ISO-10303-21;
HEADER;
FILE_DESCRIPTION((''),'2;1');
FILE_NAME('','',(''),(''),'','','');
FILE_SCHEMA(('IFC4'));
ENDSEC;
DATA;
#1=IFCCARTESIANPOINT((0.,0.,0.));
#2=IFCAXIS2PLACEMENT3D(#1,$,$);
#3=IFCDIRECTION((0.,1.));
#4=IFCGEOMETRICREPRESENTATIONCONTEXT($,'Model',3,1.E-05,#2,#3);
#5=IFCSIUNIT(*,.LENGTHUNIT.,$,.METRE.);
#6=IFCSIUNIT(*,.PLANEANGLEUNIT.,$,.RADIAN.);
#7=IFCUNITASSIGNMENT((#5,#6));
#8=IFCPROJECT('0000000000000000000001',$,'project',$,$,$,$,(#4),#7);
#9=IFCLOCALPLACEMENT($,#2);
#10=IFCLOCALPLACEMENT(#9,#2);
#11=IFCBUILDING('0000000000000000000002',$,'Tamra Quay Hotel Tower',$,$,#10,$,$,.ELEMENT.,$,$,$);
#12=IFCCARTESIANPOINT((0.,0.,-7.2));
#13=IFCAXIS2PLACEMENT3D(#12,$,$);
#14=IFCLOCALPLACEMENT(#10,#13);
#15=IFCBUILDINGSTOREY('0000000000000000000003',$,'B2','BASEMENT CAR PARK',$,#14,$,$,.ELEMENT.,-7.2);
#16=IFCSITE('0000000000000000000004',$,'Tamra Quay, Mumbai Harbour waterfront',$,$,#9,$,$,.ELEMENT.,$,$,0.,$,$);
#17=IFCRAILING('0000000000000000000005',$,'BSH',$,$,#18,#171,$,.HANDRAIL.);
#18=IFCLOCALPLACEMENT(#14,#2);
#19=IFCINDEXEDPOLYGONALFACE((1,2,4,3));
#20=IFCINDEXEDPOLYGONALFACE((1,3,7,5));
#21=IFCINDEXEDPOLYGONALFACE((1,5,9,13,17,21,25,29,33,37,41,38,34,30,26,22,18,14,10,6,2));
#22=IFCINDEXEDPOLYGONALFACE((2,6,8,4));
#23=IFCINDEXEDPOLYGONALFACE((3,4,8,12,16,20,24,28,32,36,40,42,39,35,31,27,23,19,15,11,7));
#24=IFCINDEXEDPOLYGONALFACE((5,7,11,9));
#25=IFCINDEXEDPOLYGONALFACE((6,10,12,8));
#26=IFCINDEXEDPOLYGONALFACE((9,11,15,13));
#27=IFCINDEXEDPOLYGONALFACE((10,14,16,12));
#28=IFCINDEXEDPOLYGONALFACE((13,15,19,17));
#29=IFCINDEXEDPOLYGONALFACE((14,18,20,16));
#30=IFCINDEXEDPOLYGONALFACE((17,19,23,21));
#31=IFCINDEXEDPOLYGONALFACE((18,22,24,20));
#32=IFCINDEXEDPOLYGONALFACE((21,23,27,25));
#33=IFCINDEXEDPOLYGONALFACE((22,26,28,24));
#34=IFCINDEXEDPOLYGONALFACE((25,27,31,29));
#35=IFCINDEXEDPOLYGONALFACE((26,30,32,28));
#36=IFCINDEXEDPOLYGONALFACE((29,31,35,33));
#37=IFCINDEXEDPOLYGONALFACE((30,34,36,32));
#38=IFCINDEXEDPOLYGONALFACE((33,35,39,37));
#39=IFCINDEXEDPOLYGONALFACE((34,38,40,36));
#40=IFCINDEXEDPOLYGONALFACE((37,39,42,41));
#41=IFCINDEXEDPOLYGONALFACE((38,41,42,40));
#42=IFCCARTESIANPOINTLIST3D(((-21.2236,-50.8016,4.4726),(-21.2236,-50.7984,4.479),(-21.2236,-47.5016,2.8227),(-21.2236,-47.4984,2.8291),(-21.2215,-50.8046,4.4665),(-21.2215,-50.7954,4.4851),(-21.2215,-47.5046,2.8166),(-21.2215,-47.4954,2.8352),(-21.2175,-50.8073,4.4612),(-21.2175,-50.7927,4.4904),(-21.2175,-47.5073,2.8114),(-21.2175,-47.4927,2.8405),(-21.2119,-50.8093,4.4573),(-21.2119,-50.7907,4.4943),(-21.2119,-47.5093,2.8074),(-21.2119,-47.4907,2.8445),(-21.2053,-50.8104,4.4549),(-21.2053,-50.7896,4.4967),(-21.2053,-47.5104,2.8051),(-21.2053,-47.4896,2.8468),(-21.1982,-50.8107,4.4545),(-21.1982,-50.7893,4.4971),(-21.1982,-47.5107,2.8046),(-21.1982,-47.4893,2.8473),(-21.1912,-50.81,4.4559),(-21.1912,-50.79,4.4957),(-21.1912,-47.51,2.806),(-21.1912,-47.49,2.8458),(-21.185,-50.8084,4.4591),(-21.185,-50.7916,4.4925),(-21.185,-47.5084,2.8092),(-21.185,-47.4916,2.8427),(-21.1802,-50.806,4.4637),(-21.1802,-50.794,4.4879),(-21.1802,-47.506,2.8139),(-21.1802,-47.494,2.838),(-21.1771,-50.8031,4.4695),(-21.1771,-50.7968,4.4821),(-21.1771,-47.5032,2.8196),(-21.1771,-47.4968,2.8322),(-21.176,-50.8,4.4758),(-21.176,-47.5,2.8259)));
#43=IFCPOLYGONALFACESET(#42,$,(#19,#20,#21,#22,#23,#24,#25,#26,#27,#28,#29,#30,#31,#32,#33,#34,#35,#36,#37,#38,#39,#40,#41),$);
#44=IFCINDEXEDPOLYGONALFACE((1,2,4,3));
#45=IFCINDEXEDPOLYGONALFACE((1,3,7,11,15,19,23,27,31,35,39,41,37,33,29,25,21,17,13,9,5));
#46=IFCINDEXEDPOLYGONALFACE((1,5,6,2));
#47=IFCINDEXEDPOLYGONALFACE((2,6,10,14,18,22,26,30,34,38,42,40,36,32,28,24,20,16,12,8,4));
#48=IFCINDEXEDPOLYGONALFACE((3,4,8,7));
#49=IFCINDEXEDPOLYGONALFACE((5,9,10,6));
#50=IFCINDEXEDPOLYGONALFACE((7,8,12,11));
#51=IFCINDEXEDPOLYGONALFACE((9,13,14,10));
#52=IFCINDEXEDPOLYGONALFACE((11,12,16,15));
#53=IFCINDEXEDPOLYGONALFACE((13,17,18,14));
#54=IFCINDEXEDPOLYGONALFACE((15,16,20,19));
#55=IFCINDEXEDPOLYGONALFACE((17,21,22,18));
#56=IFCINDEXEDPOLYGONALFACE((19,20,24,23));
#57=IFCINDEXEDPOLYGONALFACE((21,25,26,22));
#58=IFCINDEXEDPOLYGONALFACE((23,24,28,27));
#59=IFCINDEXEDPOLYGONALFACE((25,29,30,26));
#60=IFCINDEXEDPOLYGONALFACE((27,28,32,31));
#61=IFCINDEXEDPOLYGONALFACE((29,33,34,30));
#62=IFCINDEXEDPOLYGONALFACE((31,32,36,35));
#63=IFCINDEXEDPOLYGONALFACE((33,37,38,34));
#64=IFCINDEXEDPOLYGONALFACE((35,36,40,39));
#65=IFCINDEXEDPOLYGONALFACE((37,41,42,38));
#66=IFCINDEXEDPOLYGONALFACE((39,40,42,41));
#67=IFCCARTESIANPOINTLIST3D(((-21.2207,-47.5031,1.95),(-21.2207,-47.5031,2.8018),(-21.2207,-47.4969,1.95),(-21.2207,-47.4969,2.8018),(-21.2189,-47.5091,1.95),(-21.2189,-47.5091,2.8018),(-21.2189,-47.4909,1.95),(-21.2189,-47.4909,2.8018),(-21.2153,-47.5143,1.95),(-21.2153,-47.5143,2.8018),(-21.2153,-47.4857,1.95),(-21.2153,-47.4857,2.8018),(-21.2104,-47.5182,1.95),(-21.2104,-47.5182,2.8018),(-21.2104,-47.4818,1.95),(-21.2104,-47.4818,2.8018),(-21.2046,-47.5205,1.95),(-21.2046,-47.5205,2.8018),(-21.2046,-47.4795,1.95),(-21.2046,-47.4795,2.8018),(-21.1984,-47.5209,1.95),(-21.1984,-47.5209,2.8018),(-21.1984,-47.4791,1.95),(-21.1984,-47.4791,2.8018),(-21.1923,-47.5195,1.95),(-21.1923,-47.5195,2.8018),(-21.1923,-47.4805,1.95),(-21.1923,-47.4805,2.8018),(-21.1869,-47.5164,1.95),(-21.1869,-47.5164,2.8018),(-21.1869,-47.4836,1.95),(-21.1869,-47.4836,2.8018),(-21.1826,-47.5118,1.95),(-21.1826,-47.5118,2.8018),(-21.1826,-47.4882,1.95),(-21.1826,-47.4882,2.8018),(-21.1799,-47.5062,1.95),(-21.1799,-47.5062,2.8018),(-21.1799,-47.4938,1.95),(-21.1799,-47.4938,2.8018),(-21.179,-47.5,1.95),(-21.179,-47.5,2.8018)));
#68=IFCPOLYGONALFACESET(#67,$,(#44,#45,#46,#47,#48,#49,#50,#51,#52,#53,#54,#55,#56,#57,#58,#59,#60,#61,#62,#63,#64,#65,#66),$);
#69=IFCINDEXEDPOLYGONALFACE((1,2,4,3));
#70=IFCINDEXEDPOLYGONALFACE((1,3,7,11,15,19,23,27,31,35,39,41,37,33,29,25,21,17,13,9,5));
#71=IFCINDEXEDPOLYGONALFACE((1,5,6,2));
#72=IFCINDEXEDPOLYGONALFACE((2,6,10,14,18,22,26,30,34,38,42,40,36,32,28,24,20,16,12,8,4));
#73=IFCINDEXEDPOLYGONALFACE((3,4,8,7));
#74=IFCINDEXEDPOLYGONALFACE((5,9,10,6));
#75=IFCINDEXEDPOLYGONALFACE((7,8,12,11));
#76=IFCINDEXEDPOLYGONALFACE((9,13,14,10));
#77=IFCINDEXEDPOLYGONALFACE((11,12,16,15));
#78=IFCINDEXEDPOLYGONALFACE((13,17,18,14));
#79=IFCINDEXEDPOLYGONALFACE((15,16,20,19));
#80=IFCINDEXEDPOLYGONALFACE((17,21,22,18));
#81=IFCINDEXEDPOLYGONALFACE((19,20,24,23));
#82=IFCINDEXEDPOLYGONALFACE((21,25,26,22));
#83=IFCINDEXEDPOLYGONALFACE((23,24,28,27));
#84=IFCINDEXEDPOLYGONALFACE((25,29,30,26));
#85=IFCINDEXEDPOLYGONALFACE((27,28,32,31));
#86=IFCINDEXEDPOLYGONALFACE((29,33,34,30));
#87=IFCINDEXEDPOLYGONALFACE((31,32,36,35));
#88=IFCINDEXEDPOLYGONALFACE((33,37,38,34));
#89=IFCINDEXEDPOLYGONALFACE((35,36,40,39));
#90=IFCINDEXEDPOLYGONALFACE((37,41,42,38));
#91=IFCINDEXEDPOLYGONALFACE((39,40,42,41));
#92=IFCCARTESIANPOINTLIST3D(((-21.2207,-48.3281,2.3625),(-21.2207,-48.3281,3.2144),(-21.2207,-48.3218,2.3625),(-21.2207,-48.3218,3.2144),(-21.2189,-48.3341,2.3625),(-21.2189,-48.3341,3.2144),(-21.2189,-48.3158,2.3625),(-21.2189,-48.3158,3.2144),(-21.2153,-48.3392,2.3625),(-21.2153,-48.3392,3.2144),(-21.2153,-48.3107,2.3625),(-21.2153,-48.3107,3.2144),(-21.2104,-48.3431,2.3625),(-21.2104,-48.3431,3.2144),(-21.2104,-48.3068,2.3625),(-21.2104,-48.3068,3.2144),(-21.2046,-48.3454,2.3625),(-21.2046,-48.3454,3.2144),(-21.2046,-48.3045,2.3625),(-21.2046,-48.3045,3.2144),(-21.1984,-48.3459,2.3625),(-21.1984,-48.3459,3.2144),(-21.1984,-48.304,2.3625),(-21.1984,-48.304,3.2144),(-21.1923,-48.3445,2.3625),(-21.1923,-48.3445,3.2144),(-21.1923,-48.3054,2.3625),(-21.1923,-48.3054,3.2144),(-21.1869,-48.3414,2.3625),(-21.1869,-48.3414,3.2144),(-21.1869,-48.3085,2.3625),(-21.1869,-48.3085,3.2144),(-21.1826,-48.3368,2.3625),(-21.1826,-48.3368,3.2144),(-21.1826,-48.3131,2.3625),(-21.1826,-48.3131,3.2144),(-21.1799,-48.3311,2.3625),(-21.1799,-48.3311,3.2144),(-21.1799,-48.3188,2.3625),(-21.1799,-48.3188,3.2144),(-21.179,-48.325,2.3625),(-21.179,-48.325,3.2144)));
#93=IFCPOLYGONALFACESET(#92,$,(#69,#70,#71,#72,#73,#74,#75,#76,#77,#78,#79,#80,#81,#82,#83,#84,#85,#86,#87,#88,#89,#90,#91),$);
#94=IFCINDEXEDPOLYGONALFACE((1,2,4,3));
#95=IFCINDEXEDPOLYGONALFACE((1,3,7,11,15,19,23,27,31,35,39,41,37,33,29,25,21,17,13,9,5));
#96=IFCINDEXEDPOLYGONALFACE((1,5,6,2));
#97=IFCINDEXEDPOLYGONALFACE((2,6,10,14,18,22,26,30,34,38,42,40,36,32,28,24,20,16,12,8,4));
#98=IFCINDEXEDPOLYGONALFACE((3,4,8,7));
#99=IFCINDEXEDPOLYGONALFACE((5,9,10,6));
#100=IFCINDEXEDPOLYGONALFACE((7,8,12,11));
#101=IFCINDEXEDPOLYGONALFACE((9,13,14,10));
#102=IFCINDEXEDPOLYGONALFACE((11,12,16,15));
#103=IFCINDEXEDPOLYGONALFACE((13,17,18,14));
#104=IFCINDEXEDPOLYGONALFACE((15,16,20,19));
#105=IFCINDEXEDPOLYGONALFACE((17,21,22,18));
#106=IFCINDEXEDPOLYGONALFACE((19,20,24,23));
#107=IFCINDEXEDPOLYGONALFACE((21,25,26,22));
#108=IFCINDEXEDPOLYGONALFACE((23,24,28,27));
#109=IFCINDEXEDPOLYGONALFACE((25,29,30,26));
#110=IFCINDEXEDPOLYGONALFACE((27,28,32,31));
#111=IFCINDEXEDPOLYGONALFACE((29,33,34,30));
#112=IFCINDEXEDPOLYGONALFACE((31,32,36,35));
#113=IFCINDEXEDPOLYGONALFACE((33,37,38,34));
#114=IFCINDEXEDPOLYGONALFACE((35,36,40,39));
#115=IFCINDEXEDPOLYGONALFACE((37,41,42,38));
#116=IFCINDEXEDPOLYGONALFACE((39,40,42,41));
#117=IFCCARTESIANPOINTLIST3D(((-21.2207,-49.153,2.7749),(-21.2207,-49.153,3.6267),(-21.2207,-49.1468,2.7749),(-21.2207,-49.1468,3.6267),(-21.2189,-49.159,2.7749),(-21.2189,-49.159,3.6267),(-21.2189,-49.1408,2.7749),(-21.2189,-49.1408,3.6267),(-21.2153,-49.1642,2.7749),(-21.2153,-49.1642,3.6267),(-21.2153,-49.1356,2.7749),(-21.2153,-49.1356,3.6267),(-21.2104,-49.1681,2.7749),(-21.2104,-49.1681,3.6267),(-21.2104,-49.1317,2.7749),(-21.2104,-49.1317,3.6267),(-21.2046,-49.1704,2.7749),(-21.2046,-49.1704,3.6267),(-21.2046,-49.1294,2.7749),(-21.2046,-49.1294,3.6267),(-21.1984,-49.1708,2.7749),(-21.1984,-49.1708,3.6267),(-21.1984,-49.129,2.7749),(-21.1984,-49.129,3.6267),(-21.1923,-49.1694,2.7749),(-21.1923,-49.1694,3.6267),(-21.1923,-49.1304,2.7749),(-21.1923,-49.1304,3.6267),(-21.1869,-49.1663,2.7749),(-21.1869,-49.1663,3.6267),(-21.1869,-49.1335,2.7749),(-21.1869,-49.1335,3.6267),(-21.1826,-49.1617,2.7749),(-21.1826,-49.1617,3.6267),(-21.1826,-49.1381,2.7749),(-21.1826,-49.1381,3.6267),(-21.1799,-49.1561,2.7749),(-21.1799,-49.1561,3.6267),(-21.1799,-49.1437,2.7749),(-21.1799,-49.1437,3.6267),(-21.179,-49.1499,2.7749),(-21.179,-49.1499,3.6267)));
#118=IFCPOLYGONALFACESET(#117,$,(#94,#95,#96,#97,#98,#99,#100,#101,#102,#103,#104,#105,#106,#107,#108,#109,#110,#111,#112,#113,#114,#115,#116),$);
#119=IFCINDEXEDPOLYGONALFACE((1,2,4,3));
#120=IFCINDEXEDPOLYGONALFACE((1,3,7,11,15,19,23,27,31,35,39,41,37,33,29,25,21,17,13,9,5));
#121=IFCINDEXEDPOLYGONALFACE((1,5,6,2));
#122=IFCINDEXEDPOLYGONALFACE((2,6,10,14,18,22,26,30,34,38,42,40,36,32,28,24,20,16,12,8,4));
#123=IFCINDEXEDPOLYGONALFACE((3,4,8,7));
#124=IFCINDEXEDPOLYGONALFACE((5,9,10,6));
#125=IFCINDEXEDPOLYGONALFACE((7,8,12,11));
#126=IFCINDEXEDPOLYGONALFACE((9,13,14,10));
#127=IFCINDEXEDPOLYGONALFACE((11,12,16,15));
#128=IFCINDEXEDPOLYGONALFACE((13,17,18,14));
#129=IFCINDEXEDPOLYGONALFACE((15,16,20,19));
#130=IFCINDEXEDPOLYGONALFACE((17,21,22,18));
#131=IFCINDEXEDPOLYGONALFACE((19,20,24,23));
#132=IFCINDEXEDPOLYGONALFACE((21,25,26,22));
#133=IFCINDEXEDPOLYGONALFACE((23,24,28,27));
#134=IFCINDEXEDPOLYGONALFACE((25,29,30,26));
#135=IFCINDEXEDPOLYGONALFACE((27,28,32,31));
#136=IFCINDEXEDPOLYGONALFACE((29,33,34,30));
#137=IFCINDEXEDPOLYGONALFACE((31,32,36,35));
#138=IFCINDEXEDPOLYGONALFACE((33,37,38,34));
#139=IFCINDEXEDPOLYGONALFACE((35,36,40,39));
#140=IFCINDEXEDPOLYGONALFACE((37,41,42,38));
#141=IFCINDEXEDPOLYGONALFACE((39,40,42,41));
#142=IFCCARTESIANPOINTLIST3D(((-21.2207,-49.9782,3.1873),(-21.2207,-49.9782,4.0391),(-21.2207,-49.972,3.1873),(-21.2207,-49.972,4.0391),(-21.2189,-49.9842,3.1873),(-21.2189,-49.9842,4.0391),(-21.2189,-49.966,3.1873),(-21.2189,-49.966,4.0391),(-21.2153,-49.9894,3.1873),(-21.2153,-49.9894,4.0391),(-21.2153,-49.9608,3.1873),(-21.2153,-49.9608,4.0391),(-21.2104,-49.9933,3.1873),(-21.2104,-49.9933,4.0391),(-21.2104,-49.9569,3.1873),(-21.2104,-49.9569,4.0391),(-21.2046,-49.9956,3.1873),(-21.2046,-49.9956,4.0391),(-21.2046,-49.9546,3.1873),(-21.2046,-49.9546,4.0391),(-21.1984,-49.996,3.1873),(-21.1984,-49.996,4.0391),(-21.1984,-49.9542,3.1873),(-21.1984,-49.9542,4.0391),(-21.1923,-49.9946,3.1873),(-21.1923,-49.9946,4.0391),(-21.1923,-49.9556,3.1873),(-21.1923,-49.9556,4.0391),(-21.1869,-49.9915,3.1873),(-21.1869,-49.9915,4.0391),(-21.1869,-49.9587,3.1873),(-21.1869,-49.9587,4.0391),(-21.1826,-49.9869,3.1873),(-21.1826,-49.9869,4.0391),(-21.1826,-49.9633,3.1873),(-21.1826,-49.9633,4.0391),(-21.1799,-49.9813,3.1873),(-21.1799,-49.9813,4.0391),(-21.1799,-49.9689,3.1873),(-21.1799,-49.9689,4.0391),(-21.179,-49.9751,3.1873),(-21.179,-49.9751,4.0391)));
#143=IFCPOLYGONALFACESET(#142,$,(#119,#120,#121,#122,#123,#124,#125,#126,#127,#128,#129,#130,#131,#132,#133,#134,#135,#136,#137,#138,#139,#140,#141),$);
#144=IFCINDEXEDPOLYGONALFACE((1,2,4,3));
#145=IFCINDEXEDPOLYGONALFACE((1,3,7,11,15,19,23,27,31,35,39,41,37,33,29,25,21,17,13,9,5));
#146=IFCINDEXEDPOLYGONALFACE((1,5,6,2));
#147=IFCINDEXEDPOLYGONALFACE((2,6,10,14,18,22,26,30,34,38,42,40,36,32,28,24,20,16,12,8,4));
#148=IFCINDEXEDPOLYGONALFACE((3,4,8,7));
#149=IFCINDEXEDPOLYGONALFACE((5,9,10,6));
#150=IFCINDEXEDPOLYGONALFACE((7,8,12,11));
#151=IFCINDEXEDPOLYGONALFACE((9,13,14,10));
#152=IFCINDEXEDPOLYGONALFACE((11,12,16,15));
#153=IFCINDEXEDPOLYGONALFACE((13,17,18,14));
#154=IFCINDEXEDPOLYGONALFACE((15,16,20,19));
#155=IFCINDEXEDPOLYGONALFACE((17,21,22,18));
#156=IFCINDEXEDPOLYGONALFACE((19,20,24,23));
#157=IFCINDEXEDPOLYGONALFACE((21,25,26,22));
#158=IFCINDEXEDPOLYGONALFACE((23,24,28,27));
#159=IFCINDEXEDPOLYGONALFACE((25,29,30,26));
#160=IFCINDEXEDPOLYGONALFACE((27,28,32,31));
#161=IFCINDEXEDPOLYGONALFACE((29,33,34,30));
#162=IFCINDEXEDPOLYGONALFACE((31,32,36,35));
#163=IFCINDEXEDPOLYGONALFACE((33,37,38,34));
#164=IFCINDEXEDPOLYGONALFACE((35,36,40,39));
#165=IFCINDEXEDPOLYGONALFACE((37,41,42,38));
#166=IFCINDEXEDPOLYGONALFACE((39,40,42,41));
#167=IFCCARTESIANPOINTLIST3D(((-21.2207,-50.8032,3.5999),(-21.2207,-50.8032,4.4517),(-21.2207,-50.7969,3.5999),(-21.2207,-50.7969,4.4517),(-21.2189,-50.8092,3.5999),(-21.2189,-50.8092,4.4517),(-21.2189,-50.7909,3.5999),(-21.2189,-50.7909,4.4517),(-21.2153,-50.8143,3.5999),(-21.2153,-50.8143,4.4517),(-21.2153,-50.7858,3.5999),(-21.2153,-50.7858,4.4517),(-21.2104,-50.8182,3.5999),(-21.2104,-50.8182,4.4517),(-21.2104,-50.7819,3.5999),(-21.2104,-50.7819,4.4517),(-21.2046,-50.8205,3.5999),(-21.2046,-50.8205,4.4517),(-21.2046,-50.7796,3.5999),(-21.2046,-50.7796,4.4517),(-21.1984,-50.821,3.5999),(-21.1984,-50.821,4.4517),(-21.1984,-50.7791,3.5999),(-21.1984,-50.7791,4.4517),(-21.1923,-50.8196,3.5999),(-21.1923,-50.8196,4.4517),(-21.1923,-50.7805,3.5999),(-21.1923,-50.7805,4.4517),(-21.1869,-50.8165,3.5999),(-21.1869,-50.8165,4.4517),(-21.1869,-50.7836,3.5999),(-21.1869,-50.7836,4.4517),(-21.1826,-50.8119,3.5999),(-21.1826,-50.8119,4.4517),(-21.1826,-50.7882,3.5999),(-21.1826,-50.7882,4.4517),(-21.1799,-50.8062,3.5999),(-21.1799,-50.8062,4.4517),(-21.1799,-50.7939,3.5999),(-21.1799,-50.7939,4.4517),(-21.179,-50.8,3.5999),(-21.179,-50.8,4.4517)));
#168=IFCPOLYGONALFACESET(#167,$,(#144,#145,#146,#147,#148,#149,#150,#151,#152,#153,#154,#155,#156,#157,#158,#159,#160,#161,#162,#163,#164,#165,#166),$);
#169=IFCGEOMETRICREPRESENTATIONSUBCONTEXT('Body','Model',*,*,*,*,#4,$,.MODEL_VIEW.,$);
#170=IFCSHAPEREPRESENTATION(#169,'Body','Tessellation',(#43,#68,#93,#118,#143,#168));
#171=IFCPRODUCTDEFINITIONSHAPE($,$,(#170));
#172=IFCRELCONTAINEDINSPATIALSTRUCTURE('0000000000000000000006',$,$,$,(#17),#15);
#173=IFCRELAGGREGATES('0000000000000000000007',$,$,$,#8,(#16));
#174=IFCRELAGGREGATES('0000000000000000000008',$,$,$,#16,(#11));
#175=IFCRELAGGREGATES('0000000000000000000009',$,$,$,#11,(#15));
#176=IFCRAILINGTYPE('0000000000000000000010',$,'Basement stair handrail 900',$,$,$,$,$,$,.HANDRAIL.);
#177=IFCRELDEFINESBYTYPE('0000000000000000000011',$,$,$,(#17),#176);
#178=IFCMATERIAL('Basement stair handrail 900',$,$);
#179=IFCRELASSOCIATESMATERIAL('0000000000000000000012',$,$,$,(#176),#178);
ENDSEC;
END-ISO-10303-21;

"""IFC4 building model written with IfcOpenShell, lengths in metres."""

from ifc_helpers import new_model, si_unit, direction, frame, origin, origin_2d, place, context, subcontext, project, spatial, circle, extrude, material, type_object, element, save


model = new_model("IFC4")

# Units and contexts
model_context = context("Model", 3, precision=1e-05, world=origin(), true_north=direction((0.0, 1.0)))
body_context = subcontext(model_context, "Body", "Model", "MODEL_VIEW")
ifc_project = project(units=[si_unit("LENGTHUNIT", "METRE"), si_unit("PLANEANGLEUNIT", "RADIAN")], contexts=[model_context])

# Site, building, storey
site_placement = place(None, origin())
site = spatial("IfcSite", under=ifc_project, at=site_placement, Name="Tamra Quay, Mumbai Harbour waterfront", CompositionType="ELEMENT", RefElevation=0.0)
building_placement = place(site_placement, origin())
building = spatial("IfcBuilding", under=site, at=building_placement, Name="Tamra Quay Hotel Tower", CompositionType="ELEMENT")
storey_placement = place(building_placement, frame((0.0, 0.0, -7.2)))
storey = spatial("IfcBuildingStorey", under=building, at=storey_placement, Name="B2", Description="BASEMENT CAR PARK", CompositionType="ELEMENT", Elevation=-7.2)

# Railing
ifc_material_1 = material(Name="Basement stair handrail 900")
railing_type_1 = type_object("IfcRailingType", Name="Basement stair handrail 900", PredefinedType="HANDRAIL", material=ifc_material_1)
railing_1_placement = place(storey_placement, frame((-21.2, -47.5, 1.95)))
element("IfcRailing", 1, at=railing_1_placement, inside=storey, type_object=railing_type_1, Name="BSH", PredefinedType="HANDRAIL", context=body_context, shape_type="SweptSolid", body=[
    extrude(circle(Radius=0.0239, at=origin_2d()), frame((0.0, 0.0, 0.876), z_axis=(0.0, -0.89444, 0.447187), x_axis=(1.0, 0.0, 0.0)), (0.0, 0.0, 1.0), 3.6895),
    extrude(circle(Radius=0.021, at=origin_2d()), origin(), (0.0, 0.0, 1.0), 0.8518),
    extrude(circle(Radius=0.021, at=origin_2d()), frame((0.0, -0.825, 0.4126)), (0.0, 0.0, 1.0), 0.8518),
    extrude(circle(Radius=0.021, at=origin_2d()), frame((0.0, -1.6499, 0.825)), (0.0, 0.0, 1.0), 0.8518),
    extrude(circle(Radius=0.021, at=origin_2d()), frame((0.0, -2.4751, 1.2373)), (0.0, 0.0, 1.0), 0.8518),
    extrude(circle(Radius=0.021, at=origin_2d()), frame((0.0, -3.3, 1.6499)), (0.0, 0.0, 1.0), 0.8518),
])

save(model, "model.ifc")
